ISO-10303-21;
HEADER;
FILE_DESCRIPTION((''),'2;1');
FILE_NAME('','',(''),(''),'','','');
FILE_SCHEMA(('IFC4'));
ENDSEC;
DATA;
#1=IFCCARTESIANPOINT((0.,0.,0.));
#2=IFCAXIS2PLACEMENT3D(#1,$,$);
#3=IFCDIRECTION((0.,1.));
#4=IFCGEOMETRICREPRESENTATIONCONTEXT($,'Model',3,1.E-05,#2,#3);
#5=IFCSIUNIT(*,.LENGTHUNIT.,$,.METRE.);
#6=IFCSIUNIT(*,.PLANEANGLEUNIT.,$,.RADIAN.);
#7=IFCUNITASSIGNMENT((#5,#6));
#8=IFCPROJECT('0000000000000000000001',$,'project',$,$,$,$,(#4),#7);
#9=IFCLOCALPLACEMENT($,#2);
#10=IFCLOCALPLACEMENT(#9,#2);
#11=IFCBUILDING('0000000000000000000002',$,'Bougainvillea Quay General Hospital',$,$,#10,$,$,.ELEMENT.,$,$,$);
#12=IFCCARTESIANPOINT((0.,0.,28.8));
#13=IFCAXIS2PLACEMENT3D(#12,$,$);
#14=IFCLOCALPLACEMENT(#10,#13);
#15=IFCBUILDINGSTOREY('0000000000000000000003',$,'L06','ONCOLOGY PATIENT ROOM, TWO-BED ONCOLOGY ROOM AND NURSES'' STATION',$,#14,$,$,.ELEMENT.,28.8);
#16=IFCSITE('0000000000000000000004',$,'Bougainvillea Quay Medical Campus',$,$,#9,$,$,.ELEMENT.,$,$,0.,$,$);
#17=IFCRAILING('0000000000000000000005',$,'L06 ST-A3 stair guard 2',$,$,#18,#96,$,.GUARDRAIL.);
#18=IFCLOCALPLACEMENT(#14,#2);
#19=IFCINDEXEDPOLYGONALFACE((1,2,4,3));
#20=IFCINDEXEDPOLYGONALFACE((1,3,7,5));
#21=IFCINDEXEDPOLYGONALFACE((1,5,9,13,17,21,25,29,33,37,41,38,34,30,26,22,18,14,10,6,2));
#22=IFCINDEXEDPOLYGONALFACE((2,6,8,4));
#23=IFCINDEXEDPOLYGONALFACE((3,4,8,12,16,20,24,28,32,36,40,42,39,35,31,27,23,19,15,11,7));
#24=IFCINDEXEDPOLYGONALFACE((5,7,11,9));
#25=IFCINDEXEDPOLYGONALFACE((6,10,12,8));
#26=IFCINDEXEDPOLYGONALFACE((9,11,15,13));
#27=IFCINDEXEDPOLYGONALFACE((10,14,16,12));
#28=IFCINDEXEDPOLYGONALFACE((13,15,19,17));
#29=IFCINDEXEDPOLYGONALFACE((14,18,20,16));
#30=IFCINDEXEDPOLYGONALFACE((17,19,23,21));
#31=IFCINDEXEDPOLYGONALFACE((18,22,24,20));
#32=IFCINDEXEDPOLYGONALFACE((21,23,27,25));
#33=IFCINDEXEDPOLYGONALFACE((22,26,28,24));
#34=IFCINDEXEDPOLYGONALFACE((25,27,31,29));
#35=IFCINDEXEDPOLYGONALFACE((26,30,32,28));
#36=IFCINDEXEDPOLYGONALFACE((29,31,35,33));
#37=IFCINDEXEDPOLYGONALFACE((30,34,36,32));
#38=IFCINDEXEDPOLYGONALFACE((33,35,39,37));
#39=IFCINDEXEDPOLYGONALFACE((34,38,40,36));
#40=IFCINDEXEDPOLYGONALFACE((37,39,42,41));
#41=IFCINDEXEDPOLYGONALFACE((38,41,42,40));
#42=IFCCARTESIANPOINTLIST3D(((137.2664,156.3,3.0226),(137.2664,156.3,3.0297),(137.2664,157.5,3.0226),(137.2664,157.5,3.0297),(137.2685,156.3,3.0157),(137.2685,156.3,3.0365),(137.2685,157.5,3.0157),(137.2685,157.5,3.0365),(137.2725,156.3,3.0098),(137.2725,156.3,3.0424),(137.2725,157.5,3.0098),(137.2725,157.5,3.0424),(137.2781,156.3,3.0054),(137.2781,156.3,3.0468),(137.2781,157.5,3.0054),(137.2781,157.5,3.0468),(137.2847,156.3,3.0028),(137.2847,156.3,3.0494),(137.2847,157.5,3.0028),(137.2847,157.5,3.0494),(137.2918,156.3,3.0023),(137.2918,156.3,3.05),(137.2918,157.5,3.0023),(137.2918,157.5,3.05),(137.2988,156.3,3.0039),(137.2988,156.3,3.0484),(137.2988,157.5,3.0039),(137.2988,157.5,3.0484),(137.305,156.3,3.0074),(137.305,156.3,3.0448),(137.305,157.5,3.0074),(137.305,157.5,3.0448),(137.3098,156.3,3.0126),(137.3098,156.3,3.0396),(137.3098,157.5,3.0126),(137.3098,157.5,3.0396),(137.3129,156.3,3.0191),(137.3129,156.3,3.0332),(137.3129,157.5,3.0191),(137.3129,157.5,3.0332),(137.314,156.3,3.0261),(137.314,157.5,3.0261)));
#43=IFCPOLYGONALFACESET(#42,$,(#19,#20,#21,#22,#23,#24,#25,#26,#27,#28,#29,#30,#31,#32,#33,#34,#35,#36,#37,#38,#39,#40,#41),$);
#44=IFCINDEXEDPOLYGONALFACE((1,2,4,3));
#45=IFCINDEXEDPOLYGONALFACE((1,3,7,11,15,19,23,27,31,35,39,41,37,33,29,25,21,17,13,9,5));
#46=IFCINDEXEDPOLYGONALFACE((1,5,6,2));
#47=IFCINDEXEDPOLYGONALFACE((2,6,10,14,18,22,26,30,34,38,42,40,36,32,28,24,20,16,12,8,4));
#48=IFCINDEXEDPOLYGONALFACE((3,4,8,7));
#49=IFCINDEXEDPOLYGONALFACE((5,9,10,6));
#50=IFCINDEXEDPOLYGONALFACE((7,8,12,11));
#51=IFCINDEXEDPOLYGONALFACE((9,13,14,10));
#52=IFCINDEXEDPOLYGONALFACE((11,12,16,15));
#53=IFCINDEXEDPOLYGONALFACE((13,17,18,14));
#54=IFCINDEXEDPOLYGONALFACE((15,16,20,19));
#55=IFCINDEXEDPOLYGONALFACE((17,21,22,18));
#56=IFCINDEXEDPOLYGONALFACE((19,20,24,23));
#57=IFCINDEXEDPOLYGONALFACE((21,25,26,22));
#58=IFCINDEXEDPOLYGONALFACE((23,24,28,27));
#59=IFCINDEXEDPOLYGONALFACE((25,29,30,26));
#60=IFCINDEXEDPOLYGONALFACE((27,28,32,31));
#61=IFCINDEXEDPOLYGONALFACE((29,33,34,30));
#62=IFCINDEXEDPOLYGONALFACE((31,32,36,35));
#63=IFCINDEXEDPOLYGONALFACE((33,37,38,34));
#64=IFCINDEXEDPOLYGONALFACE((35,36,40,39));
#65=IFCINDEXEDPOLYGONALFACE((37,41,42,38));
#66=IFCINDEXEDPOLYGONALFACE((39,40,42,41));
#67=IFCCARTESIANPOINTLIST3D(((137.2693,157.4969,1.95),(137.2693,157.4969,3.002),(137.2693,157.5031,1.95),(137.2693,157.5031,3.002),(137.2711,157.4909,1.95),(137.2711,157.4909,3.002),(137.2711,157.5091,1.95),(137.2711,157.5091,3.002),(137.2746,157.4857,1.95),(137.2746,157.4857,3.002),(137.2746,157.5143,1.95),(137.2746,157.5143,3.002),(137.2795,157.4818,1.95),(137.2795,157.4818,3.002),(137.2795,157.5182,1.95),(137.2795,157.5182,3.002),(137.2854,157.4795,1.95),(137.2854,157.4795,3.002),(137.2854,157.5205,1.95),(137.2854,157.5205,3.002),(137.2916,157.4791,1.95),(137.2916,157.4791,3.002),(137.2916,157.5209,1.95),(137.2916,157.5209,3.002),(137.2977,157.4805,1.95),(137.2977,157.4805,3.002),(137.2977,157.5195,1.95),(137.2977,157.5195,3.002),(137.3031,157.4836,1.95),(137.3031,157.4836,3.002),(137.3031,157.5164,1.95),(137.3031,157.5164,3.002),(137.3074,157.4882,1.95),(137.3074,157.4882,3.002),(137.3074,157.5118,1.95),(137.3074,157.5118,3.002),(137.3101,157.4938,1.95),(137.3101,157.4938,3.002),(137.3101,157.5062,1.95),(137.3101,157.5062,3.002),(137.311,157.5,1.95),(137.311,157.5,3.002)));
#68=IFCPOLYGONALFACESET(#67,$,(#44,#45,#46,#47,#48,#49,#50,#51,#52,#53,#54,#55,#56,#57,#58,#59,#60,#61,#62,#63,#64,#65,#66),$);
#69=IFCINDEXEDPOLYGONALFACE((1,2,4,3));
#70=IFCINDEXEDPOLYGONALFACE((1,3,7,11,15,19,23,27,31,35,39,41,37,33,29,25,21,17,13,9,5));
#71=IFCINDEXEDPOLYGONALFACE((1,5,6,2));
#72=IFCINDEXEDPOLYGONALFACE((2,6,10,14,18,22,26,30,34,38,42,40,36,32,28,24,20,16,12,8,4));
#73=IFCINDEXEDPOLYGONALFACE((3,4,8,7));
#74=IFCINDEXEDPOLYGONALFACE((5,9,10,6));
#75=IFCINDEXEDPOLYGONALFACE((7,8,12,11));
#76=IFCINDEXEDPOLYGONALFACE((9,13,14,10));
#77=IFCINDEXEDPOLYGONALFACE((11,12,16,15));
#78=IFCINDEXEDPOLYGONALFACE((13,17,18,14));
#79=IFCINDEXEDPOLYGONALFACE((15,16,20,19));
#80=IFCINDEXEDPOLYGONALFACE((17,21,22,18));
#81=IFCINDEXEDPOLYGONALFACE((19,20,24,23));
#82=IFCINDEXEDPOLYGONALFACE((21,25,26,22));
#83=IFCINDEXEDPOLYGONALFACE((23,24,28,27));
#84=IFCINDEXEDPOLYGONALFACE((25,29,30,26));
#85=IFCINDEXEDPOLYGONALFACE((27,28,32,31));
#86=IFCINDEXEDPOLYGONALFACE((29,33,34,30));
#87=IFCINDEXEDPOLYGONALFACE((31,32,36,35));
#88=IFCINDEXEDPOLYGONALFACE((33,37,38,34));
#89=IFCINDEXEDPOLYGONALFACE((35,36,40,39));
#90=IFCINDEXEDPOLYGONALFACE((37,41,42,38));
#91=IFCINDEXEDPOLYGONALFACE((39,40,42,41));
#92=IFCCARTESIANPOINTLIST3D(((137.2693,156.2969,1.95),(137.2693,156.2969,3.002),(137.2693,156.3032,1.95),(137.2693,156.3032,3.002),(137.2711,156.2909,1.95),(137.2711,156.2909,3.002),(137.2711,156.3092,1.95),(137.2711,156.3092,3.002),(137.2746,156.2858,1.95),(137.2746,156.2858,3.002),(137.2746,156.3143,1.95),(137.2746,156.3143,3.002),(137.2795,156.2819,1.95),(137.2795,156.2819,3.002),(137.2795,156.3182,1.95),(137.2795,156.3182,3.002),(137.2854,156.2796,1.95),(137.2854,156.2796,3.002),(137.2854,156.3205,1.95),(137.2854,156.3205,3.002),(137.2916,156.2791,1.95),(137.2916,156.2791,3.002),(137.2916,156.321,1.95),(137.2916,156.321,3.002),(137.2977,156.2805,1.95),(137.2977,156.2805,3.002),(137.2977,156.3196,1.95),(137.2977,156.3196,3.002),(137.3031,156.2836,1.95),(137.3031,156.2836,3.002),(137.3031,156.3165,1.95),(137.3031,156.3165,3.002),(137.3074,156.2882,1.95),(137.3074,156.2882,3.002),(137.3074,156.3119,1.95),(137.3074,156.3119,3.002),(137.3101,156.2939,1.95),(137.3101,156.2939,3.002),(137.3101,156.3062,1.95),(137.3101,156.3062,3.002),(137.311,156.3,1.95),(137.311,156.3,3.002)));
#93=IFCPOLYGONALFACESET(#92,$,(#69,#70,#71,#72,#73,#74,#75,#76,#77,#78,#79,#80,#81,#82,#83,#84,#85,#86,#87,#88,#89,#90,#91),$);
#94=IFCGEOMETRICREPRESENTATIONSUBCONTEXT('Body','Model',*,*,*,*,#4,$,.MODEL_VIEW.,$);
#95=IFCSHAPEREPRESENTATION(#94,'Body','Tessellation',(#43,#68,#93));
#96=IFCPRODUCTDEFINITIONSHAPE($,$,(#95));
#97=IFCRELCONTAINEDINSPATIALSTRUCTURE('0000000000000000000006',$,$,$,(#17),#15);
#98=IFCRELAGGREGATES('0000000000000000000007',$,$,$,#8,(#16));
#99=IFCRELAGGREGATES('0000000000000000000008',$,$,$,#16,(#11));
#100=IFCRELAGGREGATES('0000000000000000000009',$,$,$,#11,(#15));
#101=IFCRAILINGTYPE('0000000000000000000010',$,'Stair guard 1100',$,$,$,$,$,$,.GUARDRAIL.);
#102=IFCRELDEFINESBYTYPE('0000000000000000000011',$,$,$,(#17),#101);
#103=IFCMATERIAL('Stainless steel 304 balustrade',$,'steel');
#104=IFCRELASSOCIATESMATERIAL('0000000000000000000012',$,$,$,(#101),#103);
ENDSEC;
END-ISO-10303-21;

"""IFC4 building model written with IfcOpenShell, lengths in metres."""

from ifc_helpers import new_model, si_unit, direction, frame, origin, origin_2d, place, context, subcontext, project, spatial, circle, extrude, material, type_object, element, save


model = new_model("IFC4")

# Units and contexts
model_context = context("Model", 3, precision=1e-05, world=origin(), true_north=direction((0.0, 1.0)))
body_context = subcontext(model_context, "Body", "Model", "MODEL_VIEW")
ifc_project = project(units=[si_unit("LENGTHUNIT", "METRE"), si_unit("PLANEANGLEUNIT", "RADIAN")], contexts=[model_context])

# Site, building, storey
site_placement = place(None, origin())
site = spatial("IfcSite", under=ifc_project, at=site_placement, Name="Bougainvillea Quay Medical Campus", CompositionType="ELEMENT", RefElevation=0.0)
building_placement = place(site_placement, origin())
building = spatial("IfcBuilding", under=site, at=building_placement, Name="Bougainvillea Quay General Hospital", CompositionType="ELEMENT")
storey_placement = place(building_placement, frame((0.0, 0.0, 28.8)))
storey = spatial("IfcBuildingStorey", under=building, at=storey_placement, Name="L06", Description="ONCOLOGY PATIENT ROOM, TWO-BED ONCOLOGY ROOM AND NURSES' STATION", CompositionType="ELEMENT", Elevation=28.8)

# Railing
ifc_material_1 = material(Name="Stainless steel 304 balustrade", Category="steel")
railing_type_1 = type_object("IfcRailingType", Name="Stair guard 1100", PredefinedType="GUARDRAIL", material=ifc_material_1)
railing_1_placement = place(storey_placement, frame((137.29, 157.5, 1.95)))
element("IfcRailing", 1, at=railing_1_placement, inside=storey, type_object=railing_type_1, Name="L06 ST-A3 stair guard 2", PredefinedType="GUARDRAIL", context=body_context, shape_type="SweptSolid", body=[
    extrude(circle(Radius=0.0239, at=origin_2d()), frame((0.0, 0.0, 1.0762), z_axis=(0.0, -1.0, 0.0), x_axis=(1.0, 0.0, 0.0)), (0.0, 0.0, 1.0), 1.2),
    extrude(circle(Radius=0.021, at=origin_2d()), origin(), (0.0, 0.0, 1.0), 1.052),
    extrude(circle(Radius=0.021, at=origin_2d()), frame((0.0, -1.2, 0.0)), (0.0, 0.0, 1.0), 1.052),
])

save(model, "model.ifc")
